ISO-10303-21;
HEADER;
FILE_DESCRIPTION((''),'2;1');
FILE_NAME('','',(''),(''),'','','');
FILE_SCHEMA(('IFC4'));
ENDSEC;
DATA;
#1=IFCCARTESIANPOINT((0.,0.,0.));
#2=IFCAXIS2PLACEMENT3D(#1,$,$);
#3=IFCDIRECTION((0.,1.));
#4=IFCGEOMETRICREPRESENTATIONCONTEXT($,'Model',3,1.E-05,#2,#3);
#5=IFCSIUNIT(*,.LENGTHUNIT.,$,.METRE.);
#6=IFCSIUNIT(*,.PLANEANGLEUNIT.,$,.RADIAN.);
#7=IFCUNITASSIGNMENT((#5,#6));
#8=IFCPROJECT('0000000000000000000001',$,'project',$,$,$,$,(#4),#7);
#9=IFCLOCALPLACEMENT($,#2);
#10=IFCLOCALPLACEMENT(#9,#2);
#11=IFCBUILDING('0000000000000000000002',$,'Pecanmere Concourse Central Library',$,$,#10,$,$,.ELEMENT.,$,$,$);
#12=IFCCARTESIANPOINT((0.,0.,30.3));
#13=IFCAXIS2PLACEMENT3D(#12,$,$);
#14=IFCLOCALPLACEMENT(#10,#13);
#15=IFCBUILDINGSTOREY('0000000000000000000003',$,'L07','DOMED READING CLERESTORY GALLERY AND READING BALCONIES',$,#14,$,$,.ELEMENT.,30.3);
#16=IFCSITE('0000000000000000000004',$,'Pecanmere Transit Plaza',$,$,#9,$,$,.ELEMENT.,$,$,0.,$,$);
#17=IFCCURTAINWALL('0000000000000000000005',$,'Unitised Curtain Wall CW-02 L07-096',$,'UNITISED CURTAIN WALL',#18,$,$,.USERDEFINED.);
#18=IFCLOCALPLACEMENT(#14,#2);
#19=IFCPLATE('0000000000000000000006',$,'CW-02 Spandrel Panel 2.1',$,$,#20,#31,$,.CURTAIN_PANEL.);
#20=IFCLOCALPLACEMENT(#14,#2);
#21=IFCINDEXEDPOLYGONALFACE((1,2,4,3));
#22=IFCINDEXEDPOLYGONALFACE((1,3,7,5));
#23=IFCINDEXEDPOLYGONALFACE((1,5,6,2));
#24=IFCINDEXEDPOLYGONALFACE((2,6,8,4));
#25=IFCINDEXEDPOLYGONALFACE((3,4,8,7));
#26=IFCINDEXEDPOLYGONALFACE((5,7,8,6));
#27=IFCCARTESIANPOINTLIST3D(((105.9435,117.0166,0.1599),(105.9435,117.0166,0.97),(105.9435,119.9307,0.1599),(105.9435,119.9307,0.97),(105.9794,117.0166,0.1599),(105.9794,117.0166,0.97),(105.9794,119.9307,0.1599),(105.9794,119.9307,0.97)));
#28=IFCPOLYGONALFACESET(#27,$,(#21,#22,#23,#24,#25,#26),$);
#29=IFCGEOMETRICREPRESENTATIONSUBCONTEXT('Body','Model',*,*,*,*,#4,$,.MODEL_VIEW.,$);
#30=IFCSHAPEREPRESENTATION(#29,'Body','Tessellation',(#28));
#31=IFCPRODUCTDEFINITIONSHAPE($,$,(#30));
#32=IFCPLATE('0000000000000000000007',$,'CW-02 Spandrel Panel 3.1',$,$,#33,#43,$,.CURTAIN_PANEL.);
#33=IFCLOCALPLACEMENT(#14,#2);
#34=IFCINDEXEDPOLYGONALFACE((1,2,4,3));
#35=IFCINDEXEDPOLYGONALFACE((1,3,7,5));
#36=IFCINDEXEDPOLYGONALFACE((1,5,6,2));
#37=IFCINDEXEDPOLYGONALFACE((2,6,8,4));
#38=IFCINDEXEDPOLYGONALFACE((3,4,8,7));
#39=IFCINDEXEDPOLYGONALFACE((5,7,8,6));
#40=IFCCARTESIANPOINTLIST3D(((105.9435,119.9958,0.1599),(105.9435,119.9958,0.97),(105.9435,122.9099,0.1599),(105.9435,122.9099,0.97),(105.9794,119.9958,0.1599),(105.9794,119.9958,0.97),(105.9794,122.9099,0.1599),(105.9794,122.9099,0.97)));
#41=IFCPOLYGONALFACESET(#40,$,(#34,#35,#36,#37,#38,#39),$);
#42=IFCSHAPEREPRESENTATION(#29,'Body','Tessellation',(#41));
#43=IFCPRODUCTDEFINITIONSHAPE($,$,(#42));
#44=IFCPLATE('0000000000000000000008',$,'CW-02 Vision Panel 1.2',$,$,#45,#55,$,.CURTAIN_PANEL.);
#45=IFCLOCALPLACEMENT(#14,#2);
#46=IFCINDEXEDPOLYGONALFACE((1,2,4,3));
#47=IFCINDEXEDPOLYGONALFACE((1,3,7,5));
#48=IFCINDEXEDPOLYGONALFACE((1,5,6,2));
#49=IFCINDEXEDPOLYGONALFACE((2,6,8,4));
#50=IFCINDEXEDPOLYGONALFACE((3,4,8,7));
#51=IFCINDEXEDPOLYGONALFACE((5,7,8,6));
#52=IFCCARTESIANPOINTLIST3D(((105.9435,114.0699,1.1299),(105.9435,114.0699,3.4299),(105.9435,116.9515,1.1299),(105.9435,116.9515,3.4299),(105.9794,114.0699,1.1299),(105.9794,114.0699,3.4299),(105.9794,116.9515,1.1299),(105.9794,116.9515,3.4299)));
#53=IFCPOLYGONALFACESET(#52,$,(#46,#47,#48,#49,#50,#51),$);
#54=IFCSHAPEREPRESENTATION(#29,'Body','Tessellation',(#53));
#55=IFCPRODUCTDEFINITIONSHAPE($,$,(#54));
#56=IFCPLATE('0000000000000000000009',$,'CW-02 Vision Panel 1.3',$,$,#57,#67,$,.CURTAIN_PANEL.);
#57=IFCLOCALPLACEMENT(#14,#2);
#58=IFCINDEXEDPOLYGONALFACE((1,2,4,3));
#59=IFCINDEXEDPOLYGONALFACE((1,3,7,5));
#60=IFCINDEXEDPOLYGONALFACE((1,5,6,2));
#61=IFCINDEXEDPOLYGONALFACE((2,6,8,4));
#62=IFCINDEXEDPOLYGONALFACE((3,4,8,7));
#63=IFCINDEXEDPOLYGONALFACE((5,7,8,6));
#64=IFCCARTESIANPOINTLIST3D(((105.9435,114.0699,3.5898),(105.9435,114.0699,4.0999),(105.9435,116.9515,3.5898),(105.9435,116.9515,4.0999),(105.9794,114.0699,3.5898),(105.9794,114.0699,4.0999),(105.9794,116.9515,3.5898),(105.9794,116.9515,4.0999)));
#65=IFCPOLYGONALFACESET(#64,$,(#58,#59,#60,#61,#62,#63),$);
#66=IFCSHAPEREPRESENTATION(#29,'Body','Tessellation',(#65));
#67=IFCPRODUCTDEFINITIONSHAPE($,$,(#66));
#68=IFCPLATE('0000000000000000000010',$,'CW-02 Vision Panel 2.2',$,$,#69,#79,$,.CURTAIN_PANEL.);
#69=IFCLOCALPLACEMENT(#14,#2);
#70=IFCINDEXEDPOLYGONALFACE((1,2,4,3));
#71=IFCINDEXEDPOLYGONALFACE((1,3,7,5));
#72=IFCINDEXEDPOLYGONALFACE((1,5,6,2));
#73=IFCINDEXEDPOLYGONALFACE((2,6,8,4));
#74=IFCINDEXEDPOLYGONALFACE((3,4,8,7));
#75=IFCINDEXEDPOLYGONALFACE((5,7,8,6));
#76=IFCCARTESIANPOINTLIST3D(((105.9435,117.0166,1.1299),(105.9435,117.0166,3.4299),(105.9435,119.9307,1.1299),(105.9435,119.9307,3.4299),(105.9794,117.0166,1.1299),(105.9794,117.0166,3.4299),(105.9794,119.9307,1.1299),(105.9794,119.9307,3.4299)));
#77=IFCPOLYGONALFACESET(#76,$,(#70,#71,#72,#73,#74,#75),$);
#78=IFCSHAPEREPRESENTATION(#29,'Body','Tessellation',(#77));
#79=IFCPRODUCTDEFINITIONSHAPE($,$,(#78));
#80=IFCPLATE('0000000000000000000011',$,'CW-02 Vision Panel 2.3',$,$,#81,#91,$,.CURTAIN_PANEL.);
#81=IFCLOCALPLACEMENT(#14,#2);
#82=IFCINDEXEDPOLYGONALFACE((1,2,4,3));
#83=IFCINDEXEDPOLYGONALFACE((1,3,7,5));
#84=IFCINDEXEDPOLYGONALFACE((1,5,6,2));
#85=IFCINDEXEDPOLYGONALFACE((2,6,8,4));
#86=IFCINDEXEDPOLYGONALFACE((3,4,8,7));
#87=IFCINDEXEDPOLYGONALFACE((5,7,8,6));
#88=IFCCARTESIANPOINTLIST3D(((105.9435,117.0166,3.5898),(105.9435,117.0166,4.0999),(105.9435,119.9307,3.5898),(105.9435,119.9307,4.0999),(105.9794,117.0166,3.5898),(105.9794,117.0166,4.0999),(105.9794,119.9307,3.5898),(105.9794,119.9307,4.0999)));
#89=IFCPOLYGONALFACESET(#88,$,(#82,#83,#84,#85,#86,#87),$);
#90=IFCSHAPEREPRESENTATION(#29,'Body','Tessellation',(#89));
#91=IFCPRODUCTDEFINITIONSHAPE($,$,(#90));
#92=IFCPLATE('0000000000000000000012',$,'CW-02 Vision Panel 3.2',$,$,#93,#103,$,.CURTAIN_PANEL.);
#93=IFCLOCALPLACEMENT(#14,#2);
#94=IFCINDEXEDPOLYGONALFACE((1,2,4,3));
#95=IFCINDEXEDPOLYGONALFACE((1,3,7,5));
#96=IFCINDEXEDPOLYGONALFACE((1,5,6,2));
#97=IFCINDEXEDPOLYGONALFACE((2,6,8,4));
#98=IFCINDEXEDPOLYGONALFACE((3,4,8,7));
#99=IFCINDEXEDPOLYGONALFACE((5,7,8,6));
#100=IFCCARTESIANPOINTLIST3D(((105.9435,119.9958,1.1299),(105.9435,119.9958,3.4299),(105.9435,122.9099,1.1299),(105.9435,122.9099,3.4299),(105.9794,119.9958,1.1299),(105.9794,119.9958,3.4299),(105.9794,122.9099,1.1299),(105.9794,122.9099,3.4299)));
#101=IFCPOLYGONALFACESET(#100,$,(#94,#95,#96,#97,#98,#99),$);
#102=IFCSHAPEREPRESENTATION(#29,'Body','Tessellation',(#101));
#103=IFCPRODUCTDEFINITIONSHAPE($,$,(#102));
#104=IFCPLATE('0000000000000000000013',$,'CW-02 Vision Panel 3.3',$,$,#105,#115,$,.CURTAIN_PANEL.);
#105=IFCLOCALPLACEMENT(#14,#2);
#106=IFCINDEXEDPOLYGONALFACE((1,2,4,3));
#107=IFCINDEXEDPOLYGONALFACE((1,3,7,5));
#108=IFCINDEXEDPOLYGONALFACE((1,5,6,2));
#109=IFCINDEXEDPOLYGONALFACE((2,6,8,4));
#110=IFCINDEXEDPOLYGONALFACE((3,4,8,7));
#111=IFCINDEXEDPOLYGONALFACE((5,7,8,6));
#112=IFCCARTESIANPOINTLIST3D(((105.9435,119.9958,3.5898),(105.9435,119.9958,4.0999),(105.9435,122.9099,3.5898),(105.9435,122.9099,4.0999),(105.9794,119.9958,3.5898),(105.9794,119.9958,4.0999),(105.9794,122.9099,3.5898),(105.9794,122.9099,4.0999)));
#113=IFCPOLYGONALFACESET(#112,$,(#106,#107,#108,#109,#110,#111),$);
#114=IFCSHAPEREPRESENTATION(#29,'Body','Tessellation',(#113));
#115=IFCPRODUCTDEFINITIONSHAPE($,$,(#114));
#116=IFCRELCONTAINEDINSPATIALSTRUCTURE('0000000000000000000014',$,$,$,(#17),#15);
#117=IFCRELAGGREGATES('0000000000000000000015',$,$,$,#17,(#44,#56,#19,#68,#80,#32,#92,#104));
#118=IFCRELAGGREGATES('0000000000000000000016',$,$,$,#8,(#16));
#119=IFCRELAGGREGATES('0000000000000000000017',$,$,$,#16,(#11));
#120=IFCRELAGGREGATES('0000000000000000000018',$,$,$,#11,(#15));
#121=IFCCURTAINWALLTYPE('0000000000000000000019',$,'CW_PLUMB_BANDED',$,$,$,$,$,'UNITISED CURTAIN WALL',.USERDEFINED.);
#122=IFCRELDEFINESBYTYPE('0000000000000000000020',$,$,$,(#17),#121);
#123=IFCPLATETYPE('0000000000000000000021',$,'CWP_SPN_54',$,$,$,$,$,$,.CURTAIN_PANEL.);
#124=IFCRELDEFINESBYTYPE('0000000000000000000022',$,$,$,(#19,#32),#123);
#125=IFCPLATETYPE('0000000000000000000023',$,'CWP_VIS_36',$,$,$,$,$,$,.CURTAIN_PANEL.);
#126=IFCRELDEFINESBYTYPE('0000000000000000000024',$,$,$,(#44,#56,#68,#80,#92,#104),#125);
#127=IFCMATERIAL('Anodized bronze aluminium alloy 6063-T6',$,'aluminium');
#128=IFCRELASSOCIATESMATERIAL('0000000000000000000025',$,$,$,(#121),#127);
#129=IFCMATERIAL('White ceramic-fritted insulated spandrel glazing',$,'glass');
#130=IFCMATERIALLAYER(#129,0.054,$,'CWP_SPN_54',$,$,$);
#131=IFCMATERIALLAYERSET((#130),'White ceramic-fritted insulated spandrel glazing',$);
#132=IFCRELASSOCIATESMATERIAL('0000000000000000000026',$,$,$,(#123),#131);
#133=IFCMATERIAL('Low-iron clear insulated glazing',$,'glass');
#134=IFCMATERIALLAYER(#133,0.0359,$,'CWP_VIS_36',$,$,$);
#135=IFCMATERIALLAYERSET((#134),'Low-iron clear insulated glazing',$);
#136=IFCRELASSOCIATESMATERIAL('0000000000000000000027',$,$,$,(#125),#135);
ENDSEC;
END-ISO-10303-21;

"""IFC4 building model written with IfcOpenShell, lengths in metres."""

from ifc_helpers import new_model, si_unit, direction, frame, origin, origin_2d, place, context, subcontext, project, spatial, rectangle, extrude, material, layer, layer_set, type_object, element, aggregate, save


model = new_model("IFC4")

# Units and contexts
model_context = context("Model", 3, precision=1e-05, world=origin(), true_north=direction((0.0, 1.0)))
body_context = subcontext(model_context, "Body", "Model", "MODEL_VIEW")
ifc_project = project(units=[si_unit("LENGTHUNIT", "METRE"), si_unit("PLANEANGLEUNIT", "RADIAN")], contexts=[model_context])

# Site, building, storey
site_placement = place(None, origin())
site = spatial("IfcSite", under=ifc_project, at=site_placement, Name="Pecanmere Transit Plaza", CompositionType="ELEMENT", RefElevation=0.0)
building_placement = place(site_placement, origin())
building = spatial("IfcBuilding", under=site, at=building_placement, Name="Pecanmere Concourse Central Library", CompositionType="ELEMENT")
storey_placement = place(building_placement, frame((0.0, 0.0, 30.3)))
storey = spatial("IfcBuildingStorey", under=building, at=storey_placement, Name="L07", Description="DOMED READING CLERESTORY GALLERY AND READING BALCONIES", CompositionType="ELEMENT", Elevation=30.3)

# Curtain wall, plates
ifc_material_1 = material(Name="Anodized bronze aluminium alloy 6063-T6", Category="aluminium")
curtain_wall_type = type_object("IfcCurtainWallType", Name="CW_PLUMB_BANDED", ElementType="UNITISED CURTAIN WALL", PredefinedType="USERDEFINED", material=ifc_material_1)
curtain_wall_placement = place(storey_placement, origin())
curtain_wall = element("IfcCurtainWall", 1, at=curtain_wall_placement, inside=storey, type_object=curtain_wall_type, Name="Unitised Curtain Wall CW-02 L07-096", ObjectType="UNITISED CURTAIN WALL", PredefinedType="USERDEFINED")
ifc_material_2 = material(Name="White ceramic-fritted insulated spandrel glazing", Category="glass")
ifc_layer_1 = layer(ifc_material_2, 0.054, Name="CWP_SPN_54")
ifc_layer_set_1 = layer_set([ifc_layer_1], Name="White ceramic-fritted insulated spandrel glazing")
plate_type_1 = type_object("IfcPlateType", Name="CWP_SPN_54", PredefinedType="CURTAIN_PANEL", material=ifc_layer_set_1)
plate_1_placement = place(storey_placement, frame((105.9614, 118.4736, 0.1599), z_axis=(0.0, 0.0, 1.0), x_axis=(0.0, 1.0, 0.0)))
plate_1 = element("IfcPlate", 2, at=plate_1_placement, type_object=plate_type_1, Name="CW-02 Spandrel Panel 2.1", PredefinedType="CURTAIN_PANEL", context=body_context, shape_type="SweptSolid", body=[
    extrude(rectangle(XDim=2.9141, YDim=0.0359, at=origin_2d()), origin(), (0.0, 0.0, 1.0), 0.8101),
])
plate_2_placement = place(storey_placement, frame((105.9614, 121.4529, 0.1599), z_axis=(0.0, 0.0, 1.0), x_axis=(0.0, 1.0, 0.0)))
plate_2 = element("IfcPlate", 3, at=plate_2_placement, type_object=plate_type_1, Name="CW-02 Spandrel Panel 3.1", PredefinedType="CURTAIN_PANEL", context=body_context, shape_type="SweptSolid", body=[
    extrude(rectangle(XDim=2.9141, YDim=0.0359, at=origin_2d()), origin(), (0.0, 0.0, 1.0), 0.8101),
])
ifc_material_3 = material(Name="Low-iron clear insulated glazing", Category="glass")
ifc_layer_2 = layer(ifc_material_3, 0.0359, Name="CWP_VIS_36")
ifc_layer_set_2 = layer_set([ifc_layer_2], Name="Low-iron clear insulated glazing")
plate_type_2 = type_object("IfcPlateType", Name="CWP_VIS_36", PredefinedType="CURTAIN_PANEL", material=ifc_layer_set_2)
plate_3_placement = place(storey_placement, frame((105.9614, 115.5107, 1.1299), z_axis=(0.0, 0.0, 1.0), x_axis=(0.0, 1.0, 0.0)))
plate_3 = element("IfcPlate", 4, at=plate_3_placement, type_object=plate_type_2, Name="CW-02 Vision Panel 1.2", PredefinedType="CURTAIN_PANEL", context=body_context, shape_type="SweptSolid", body=[
    extrude(rectangle(XDim=2.8816, YDim=0.0359, at=origin_2d()), origin(), (0.0, 0.0, 1.0), 2.3),
])
plate_4_placement = place(storey_placement, frame((105.9614, 115.5107, 3.5898), z_axis=(0.0, 0.0, 1.0), x_axis=(0.0, 1.0, 0.0)))
plate_4 = element("IfcPlate", 5, at=plate_4_placement, type_object=plate_type_2, Name="CW-02 Vision Panel 1.3", PredefinedType="CURTAIN_PANEL", context=body_context, shape_type="SweptSolid", body=[
    extrude(rectangle(XDim=2.8816, YDim=0.0359, at=origin_2d()), origin(), (0.0, 0.0, 1.0), 0.51),
])
plate_5_placement = place(storey_placement, frame((105.9614, 118.4736, 1.1299), z_axis=(0.0, 0.0, 1.0), x_axis=(0.0, 1.0, 0.0)))
plate_5 = element("IfcPlate", 6, at=plate_5_placement, type_object=plate_type_2, Name="CW-02 Vision Panel 2.2", PredefinedType="CURTAIN_PANEL", context=body_context, shape_type="SweptSolid", body=[
    extrude(rectangle(XDim=2.9141, YDim=0.0359, at=origin_2d()), origin(), (0.0, 0.0, 1.0), 2.3),
])
plate_6_placement = place(storey_placement, frame((105.9614, 118.4736, 3.5898), z_axis=(0.0, 0.0, 1.0), x_axis=(0.0, 1.0, 0.0)))
plate_6 = element("IfcPlate", 7, at=plate_6_placement, type_object=plate_type_2, Name="CW-02 Vision Panel 2.3", PredefinedType="CURTAIN_PANEL", context=body_context, shape_type="SweptSolid", body=[
    extrude(rectangle(XDim=2.9141, YDim=0.0359, at=origin_2d()), origin(), (0.0, 0.0, 1.0), 0.51),
])
plate_7_placement = place(storey_placement, frame((105.9614, 121.4529, 1.1299), z_axis=(0.0, 0.0, 1.0), x_axis=(0.0, 1.0, 0.0)))
plate_7 = element("IfcPlate", 8, at=plate_7_placement, type_object=plate_type_2, Name="CW-02 Vision Panel 3.2", PredefinedType="CURTAIN_PANEL", context=body_context, shape_type="SweptSolid", body=[
    extrude(rectangle(XDim=2.9141, YDim=0.0359, at=origin_2d()), origin(), (0.0, 0.0, 1.0), 2.3),
])
plate_8_placement = place(storey_placement, frame((105.9614, 121.4529, 3.5898), z_axis=(0.0, 0.0, 1.0), x_axis=(0.0, 1.0, 0.0)))
plate_8 = element("IfcPlate", 9, at=plate_8_placement, type_object=plate_type_2, Name="CW-02 Vision Panel 3.3", PredefinedType="CURTAIN_PANEL", context=body_context, shape_type="SweptSolid", body=[
    extrude(rectangle(XDim=2.9141, YDim=0.0359, at=origin_2d()), origin(), (0.0, 0.0, 1.0), 0.51),
])
aggregate(curtain_wall, [plate_3, plate_4, plate_1, plate_5, plate_6, plate_2, plate_7, plate_8])

save(model, "model.ifc")
